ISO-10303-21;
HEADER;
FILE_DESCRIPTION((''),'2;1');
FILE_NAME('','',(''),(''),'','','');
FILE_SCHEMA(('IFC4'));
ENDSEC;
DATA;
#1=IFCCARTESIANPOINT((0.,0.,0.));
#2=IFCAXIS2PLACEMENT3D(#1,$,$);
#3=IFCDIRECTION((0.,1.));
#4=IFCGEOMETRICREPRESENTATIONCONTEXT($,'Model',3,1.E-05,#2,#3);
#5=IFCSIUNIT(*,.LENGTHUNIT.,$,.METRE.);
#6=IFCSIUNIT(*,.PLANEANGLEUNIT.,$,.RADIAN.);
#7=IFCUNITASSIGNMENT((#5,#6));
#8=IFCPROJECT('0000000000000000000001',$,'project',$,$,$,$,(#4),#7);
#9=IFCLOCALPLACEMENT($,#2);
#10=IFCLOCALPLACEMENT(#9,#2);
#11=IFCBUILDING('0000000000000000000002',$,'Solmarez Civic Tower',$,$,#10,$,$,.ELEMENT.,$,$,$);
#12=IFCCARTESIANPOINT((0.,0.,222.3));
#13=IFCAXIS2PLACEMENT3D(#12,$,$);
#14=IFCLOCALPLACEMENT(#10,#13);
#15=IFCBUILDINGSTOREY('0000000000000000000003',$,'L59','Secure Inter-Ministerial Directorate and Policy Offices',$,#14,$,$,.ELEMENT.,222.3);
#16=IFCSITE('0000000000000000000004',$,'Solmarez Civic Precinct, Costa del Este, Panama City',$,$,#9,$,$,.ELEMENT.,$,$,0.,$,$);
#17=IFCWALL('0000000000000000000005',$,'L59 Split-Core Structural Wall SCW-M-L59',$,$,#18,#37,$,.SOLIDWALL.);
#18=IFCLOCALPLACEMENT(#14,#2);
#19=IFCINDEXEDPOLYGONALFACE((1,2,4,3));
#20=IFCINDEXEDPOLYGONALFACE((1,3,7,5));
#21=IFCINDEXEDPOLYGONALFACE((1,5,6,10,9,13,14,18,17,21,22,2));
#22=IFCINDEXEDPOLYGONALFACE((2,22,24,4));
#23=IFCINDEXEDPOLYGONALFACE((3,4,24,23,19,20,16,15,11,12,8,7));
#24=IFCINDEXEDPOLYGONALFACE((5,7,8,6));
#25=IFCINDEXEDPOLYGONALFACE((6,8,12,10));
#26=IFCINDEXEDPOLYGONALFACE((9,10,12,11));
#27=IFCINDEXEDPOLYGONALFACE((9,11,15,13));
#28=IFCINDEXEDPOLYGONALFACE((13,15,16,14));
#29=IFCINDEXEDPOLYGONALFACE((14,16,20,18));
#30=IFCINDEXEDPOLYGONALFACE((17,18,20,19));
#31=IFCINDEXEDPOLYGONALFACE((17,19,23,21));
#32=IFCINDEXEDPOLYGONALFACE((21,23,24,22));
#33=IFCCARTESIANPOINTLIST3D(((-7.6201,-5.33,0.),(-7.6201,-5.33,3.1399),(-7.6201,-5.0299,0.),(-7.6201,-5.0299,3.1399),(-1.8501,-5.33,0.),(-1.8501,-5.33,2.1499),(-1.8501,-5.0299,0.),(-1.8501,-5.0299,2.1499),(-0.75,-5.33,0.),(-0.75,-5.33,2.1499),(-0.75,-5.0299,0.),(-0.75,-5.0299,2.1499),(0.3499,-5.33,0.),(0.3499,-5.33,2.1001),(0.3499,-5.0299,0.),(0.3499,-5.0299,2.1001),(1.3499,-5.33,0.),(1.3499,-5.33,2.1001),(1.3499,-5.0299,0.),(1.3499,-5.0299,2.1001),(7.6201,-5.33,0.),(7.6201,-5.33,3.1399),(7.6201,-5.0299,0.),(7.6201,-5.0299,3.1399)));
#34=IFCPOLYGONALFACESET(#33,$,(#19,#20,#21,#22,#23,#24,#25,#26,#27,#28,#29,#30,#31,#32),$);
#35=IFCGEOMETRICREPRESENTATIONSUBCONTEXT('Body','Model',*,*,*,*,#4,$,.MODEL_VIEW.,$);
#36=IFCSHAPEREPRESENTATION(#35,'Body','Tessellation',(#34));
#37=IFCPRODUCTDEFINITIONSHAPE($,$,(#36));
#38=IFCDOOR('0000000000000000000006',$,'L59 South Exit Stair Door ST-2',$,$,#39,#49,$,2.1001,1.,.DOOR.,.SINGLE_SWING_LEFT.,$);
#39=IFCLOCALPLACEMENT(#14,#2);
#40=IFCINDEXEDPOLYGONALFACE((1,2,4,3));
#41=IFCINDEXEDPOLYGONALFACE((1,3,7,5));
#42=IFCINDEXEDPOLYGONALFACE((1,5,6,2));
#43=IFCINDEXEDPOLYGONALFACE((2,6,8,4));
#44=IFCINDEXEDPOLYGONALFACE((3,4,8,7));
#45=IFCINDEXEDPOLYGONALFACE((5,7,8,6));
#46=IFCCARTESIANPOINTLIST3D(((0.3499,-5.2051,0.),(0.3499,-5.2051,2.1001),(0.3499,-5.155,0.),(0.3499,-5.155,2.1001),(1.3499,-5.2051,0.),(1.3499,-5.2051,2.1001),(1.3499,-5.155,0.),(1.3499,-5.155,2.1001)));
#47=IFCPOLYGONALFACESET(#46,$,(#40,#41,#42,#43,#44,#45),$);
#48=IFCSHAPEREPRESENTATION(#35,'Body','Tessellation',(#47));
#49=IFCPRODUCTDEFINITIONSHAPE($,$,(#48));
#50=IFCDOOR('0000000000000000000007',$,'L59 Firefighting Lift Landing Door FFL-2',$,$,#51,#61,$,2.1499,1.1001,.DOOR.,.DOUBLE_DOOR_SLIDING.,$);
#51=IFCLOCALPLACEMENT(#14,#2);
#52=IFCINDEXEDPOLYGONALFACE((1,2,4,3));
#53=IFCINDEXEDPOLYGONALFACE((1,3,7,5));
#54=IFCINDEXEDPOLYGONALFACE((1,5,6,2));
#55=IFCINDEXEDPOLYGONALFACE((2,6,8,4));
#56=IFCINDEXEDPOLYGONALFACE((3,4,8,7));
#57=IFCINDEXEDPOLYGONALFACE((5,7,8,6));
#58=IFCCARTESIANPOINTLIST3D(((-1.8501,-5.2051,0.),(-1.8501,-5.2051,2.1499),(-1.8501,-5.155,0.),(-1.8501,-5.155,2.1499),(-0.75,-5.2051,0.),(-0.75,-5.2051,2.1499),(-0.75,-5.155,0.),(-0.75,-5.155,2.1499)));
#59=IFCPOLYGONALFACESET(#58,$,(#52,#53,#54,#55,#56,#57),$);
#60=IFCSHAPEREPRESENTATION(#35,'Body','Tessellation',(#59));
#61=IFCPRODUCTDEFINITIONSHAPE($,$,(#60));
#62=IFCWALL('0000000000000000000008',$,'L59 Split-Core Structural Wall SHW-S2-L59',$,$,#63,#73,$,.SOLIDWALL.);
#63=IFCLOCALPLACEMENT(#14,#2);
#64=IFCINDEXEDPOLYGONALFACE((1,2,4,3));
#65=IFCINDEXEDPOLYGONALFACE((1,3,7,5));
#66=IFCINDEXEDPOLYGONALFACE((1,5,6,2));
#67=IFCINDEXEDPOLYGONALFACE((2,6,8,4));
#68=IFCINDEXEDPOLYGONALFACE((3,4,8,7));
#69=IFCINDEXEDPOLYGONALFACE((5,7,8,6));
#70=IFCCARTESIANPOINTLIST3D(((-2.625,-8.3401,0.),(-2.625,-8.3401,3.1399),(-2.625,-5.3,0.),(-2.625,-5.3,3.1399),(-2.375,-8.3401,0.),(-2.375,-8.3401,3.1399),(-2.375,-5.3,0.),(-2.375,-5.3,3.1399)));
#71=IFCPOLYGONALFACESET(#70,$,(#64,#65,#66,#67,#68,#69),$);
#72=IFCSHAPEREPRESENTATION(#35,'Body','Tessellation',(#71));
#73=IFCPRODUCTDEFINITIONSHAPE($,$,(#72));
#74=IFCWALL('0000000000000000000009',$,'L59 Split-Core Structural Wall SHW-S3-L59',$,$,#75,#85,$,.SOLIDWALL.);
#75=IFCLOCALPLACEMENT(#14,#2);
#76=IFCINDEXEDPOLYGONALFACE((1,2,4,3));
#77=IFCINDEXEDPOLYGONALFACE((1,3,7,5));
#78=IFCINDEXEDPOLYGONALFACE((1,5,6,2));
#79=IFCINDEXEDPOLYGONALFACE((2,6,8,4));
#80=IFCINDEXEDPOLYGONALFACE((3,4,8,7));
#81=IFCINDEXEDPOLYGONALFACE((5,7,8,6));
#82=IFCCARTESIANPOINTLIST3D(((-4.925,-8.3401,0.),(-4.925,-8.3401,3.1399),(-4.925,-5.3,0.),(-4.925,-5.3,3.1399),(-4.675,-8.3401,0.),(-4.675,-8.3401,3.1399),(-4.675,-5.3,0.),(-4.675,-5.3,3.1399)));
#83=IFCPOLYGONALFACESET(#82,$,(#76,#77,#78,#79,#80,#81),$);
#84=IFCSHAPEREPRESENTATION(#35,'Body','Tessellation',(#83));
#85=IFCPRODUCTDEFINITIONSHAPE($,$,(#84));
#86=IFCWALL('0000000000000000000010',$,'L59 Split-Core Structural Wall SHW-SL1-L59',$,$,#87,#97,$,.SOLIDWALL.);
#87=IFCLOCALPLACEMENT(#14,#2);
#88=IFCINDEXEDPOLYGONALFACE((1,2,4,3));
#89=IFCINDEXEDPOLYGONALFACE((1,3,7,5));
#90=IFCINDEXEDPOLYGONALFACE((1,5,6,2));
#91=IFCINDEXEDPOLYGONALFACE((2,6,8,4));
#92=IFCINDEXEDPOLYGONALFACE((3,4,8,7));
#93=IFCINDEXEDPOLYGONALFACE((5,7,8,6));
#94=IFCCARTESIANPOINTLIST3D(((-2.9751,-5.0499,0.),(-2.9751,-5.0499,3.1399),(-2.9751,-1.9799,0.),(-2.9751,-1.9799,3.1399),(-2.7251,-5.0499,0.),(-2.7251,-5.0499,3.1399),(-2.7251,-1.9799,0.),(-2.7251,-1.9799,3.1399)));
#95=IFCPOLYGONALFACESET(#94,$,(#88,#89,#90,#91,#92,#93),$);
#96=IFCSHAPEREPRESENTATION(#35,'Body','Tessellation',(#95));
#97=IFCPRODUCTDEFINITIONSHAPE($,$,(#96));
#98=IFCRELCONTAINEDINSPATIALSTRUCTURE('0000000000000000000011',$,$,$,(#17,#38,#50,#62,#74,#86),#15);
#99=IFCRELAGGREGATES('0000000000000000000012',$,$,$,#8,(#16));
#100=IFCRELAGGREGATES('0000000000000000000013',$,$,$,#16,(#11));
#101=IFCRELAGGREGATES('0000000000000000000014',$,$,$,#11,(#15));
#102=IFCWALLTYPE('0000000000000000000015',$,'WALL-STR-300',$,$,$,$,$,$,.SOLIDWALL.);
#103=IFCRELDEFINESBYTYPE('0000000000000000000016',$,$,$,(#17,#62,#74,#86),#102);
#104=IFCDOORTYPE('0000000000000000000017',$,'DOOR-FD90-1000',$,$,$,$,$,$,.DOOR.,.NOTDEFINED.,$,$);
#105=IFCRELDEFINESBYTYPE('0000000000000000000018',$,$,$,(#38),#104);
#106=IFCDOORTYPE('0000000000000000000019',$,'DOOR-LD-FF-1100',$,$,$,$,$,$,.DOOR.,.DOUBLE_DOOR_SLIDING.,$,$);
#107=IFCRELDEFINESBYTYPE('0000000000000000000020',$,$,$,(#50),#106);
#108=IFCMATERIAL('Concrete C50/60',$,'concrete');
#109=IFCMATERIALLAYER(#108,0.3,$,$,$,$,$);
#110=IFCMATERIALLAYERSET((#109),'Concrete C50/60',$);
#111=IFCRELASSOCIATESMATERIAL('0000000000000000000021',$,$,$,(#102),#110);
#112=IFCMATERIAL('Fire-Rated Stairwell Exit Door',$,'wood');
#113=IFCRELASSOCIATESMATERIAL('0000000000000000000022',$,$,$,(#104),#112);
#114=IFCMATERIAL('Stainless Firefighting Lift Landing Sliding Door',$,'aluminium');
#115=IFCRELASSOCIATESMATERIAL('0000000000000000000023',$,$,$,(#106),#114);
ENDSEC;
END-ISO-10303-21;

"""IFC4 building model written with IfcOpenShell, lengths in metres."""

from ifc_helpers import new_model, si_unit, direction, frame, frame_2d, origin, place, context, subcontext, project, spatial, rectangle, extrude, material, layer, layer_set, type_object, element, fill, save


model = new_model("IFC4")

# Units and contexts
model_context = context("Model", 3, precision=1e-05, world=origin(), true_north=direction((0.0, 1.0)))
body_context = subcontext(model_context, "Body", "Model", "MODEL_VIEW")
ifc_project = project(units=[si_unit("LENGTHUNIT", "METRE"), si_unit("PLANEANGLEUNIT", "RADIAN")], contexts=[model_context])

# Site, building, storey
site_placement = place(None, origin())
site = spatial("IfcSite", under=ifc_project, at=site_placement, Name="Solmarez Civic Precinct, Costa del Este, Panama City", CompositionType="ELEMENT", RefElevation=0.0)
building_placement = place(site_placement, origin())
building = spatial("IfcBuilding", under=site, at=building_placement, Name="Solmarez Civic Tower", CompositionType="ELEMENT")
storey_placement = place(building_placement, frame((0.0, 0.0, 222.3)))
storey = spatial("IfcBuildingStorey", under=building, at=storey_placement, Name="L59", Description="Secure Inter-Ministerial Directorate and Policy Offices", CompositionType="ELEMENT", Elevation=222.3)

# Shared definitions
ifc_material_1 = material(Name="Concrete C50/60", Category="concrete")

# Wall, openings, doors
ifc_layer_1 = layer(ifc_material_1, 0.3)
ifc_layer_set_1 = layer_set([ifc_layer_1], Name="Concrete C50/60")
wall_type_1 = type_object("IfcWallType", Name="WALL-STR-300", PredefinedType="SOLIDWALL", material=ifc_layer_set_1)
wall_1_placement = place(storey_placement, frame((-7.6201, -5.1799, 0.0), z_axis=(0.0, 0.0, 1.0), x_axis=(1.0, 0.0, 0.0)))
wall_1 = element("IfcWall", 1, at=wall_1_placement, inside=storey, type_object=wall_type_1, Name="L59 Split-Core Structural Wall SCW-M-L59", PredefinedType="SOLIDWALL", context=body_context, shape_type="SweptSolid", body=[
    extrude(rectangle(XDim=15.2402, YDim=0.3, at=frame_2d((7.6201, 0.0))), origin(), (0.0, 0.0, 1.0), 3.1399),
])
opening_1_placement = place(wall_1_placement, frame((5.77, 0.0, 0.0)))
opening_1 = element("IfcOpeningElement", 2, at=opening_1_placement, cuts=wall_1, PredefinedType="OPENING", context=body_context, shape_type="SweptSolid", body=[
    extrude(rectangle(XDim=1.1001, YDim=2.1499, at=frame_2d((0.55, 1.075))), frame((0.0, 0.1599, 0.0), z_axis=(0.0, -1.0, 0.0), x_axis=(1.0, 0.0, 0.0)), (0.0, 0.0, 1.0), 0.3201),
])
opening_2_placement = place(wall_1_placement, frame((7.97, 0.0, 0.0)))
opening_2 = element("IfcOpeningElement", 3, at=opening_2_placement, cuts=wall_1, PredefinedType="OPENING", context=body_context, shape_type="SweptSolid", body=[
    extrude(rectangle(XDim=1.0, YDim=2.1001, at=frame_2d((0.5, 1.05))), frame((0.0, 0.1599, 0.0), z_axis=(0.0, -1.0, 0.0), x_axis=(1.0, 0.0, 0.0)), (0.0, 0.0, 1.0), 0.3201),
])
ifc_material_2 = material(Name="Fire-Rated Stairwell Exit Door", Category="wood")
door_type_1 = type_object("IfcDoorType", Name="DOOR-FD90-1000", OperationType="NOTDEFINED", PredefinedType="DOOR", material=ifc_material_2)
door_1_placement = place(opening_2_placement, origin())
door_1 = element("IfcDoor", 4, at=door_1_placement, inside=storey, type_object=door_type_1, Name="L59 South Exit Stair Door ST-2", OperationType="SINGLE_SWING_LEFT", OverallHeight=2.1001, OverallWidth=1.0, PredefinedType="DOOR", context=body_context, shape_type="SweptSolid", body=[
    extrude(rectangle(XDim=1.0, YDim=2.1001, at=frame_2d((0.5, 1.05))), frame((0.0, 0.0249, 0.0), z_axis=(0.0, -1.0, 0.0), x_axis=(1.0, 0.0, 0.0)), (0.0, 0.0, 1.0), 0.05),
])
fill(opening_2, door_1)
ifc_material_3 = material(Name="Stainless Firefighting Lift Landing Sliding Door", Category="aluminium")
door_type_2 = type_object("IfcDoorType", Name="DOOR-LD-FF-1100", OperationType="DOUBLE_DOOR_SLIDING", PredefinedType="DOOR", material=ifc_material_3)
door_2_placement = place(opening_1_placement, origin())
door_2 = element("IfcDoor", 5, at=door_2_placement, inside=storey, type_object=door_type_2, Name="L59 Firefighting Lift Landing Door FFL-2", OperationType="DOUBLE_DOOR_SLIDING", OverallHeight=2.1499, OverallWidth=1.1001, PredefinedType="DOOR", context=body_context, shape_type="SweptSolid", body=[
    extrude(rectangle(XDim=1.1001, YDim=2.1499, at=frame_2d((0.55, 1.075))), frame((0.0, 0.0249, 0.0), z_axis=(0.0, -1.0, 0.0), x_axis=(1.0, 0.0, 0.0)), (0.0, 0.0, 1.0), 0.05),
])
fill(opening_1, door_2)

# Walls
for number, where, z_axis, x_axis, name in (
    (6, (-2.5, -8.3401, 0.0), (0.0, 0.0, 1.0), (0.0, 1.0, 0.0), "L59 Split-Core Structural Wall SHW-S2-L59"),
    (7, (-4.8, -8.3401, 0.0), (0.0, 0.0, 1.0), (0.0, 1.0, 0.0), "L59 Split-Core Structural Wall SHW-S3-L59"),
):
    element("IfcWall", number, at=place(storey_placement, frame(where, z_axis=z_axis, x_axis=x_axis)), inside=storey, type_object=wall_type_1, Name=name, PredefinedType="SOLIDWALL", context=body_context, shape_type="SweptSolid", body=[
        extrude(rectangle(XDim=3.04, YDim=0.25, at=frame_2d((1.52, 0.0))), origin(), (0.0, 0.0, 1.0), 3.1399),
    ])
wall_2_placement = place(storey_placement, frame((-2.8501, -5.05, 0.0), z_axis=(0.0, 0.0, 1.0), x_axis=(0.0, 1.0, 0.0)))
element("IfcWall", 8, at=wall_2_placement, inside=storey, type_object=wall_type_1, Name="L59 Split-Core Structural Wall SHW-SL1-L59", PredefinedType="SOLIDWALL", context=body_context, shape_type="SweptSolid", body=[
    extrude(rectangle(XDim=3.0701, YDim=0.25, at=frame_2d((1.5352, 0.0))), origin(), (0.0, 0.0, 1.0), 3.1399),
])

save(model, "model.ifc")
